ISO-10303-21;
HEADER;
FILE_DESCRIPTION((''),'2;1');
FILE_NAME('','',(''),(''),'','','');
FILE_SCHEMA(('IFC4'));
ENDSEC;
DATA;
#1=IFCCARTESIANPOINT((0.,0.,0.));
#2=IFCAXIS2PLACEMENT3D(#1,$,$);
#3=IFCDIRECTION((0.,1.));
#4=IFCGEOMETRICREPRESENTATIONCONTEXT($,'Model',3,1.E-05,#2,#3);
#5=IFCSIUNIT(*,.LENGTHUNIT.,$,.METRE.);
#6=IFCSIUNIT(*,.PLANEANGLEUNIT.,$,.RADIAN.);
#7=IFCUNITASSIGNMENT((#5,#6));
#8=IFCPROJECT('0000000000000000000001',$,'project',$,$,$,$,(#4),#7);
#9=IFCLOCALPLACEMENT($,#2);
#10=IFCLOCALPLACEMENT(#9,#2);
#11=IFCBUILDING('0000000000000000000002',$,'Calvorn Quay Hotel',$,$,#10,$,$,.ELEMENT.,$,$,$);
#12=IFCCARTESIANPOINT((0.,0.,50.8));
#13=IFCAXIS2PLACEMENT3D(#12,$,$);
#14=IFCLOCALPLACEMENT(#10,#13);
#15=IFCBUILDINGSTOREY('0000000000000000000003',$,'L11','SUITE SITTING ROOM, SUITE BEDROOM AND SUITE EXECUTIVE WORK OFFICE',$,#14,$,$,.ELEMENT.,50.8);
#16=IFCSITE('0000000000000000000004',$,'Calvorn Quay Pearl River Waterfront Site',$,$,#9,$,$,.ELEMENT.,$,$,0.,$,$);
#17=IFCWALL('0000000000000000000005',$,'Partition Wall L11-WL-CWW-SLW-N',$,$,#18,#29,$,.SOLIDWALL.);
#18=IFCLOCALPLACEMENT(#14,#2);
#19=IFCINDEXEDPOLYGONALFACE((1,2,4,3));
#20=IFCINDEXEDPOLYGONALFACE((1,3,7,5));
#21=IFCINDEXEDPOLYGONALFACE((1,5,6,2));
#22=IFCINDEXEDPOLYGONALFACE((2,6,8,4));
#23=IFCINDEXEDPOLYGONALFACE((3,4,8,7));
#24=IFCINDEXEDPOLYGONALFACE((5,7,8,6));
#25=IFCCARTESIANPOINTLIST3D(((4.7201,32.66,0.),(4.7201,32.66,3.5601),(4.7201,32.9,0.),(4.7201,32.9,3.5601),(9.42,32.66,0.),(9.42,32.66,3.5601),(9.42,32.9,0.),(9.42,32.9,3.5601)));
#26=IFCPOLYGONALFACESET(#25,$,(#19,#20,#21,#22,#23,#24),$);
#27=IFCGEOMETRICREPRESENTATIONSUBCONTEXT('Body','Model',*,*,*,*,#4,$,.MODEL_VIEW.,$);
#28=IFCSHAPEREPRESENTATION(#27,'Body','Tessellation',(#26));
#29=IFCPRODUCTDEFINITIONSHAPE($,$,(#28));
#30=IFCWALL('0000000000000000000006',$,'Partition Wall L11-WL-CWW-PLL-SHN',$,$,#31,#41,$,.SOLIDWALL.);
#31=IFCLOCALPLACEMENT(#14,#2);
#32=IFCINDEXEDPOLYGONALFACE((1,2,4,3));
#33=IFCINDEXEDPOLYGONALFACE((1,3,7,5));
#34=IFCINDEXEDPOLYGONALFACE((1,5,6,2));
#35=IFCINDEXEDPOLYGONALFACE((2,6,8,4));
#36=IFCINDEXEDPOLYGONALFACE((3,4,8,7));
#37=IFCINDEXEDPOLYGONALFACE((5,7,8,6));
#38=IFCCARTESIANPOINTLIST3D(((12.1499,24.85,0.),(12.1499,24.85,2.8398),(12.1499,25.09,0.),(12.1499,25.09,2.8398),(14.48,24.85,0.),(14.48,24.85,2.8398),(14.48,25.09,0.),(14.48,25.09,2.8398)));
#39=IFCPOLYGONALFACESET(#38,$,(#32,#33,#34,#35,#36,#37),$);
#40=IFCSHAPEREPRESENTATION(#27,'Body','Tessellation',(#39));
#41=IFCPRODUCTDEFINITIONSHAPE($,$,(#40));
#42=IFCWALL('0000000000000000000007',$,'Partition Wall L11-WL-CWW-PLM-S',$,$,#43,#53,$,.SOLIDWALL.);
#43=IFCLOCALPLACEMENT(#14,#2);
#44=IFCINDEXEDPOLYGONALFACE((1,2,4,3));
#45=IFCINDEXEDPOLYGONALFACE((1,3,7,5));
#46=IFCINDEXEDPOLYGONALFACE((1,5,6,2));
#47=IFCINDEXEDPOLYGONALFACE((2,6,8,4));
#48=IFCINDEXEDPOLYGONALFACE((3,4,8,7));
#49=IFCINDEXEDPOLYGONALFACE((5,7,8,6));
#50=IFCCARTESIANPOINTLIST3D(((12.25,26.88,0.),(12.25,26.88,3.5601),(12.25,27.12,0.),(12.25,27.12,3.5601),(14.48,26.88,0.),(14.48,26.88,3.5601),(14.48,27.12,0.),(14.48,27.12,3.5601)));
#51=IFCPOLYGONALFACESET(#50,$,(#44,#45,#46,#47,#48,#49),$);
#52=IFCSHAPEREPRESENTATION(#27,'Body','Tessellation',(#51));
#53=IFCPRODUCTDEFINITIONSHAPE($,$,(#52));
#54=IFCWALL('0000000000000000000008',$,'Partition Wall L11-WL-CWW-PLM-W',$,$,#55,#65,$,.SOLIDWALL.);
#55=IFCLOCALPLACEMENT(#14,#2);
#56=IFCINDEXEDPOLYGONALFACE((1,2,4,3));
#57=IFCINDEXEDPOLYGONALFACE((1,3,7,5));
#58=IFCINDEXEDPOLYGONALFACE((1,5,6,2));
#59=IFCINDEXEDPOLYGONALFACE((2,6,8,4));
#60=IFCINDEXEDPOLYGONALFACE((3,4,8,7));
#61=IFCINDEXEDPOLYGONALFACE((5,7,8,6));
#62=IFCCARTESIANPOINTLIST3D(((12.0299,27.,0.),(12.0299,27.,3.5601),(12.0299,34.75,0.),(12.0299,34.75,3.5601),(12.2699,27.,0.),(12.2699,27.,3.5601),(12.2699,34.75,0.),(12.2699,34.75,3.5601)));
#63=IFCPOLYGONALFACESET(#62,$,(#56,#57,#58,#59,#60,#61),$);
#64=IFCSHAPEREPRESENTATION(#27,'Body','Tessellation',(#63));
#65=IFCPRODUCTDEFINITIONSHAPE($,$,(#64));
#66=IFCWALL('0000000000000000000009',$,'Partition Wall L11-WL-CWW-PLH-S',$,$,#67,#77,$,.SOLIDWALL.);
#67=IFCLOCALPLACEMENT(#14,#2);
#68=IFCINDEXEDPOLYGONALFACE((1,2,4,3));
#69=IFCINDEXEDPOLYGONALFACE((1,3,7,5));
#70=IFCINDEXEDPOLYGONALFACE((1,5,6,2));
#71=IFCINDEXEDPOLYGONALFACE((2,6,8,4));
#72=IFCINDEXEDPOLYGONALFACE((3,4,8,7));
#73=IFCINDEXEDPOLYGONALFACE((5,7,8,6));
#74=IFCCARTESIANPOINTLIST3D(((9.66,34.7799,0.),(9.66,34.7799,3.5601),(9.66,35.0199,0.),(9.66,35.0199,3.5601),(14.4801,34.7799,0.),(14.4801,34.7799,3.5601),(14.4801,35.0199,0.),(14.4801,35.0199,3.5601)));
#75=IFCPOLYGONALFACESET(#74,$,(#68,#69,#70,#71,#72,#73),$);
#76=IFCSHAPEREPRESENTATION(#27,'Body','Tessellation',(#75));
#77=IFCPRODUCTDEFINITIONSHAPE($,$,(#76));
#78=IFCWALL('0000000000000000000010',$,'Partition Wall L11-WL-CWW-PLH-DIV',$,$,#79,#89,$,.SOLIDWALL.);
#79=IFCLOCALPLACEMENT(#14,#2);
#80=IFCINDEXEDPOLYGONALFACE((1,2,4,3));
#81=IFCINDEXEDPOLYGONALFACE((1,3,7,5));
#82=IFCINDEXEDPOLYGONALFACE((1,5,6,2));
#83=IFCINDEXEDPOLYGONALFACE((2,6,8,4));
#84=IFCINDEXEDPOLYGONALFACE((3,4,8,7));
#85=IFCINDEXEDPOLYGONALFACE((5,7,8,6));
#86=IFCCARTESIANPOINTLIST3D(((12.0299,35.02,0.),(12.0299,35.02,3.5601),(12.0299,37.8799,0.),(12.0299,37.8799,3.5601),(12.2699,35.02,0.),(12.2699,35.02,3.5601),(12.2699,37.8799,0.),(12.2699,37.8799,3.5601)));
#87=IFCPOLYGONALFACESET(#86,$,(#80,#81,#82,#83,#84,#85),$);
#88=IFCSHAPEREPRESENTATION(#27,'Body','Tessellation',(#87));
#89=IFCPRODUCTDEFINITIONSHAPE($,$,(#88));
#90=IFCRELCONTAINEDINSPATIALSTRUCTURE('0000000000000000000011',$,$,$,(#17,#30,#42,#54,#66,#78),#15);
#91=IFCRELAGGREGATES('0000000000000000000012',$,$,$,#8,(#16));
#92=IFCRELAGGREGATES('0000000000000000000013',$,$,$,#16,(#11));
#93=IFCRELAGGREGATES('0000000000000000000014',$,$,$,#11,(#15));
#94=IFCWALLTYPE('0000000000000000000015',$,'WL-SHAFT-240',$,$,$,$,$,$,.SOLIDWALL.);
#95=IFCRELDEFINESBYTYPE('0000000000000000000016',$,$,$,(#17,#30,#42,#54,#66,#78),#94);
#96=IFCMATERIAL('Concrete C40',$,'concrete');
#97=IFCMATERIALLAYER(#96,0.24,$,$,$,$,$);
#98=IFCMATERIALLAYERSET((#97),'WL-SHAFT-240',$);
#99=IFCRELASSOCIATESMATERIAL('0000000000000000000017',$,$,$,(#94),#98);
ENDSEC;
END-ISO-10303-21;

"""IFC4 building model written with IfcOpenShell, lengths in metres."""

from ifc_helpers import new_model, si_unit, direction, frame, frame_2d, origin, place, context, subcontext, project, spatial, rectangle, extrude, material, layer, layer_set, type_object, element, save


model = new_model("IFC4")

# Units and contexts
model_context = context("Model", 3, precision=1e-05, world=origin(), true_north=direction((0.0, 1.0)))
body_context = subcontext(model_context, "Body", "Model", "MODEL_VIEW")
ifc_project = project(units=[si_unit("LENGTHUNIT", "METRE"), si_unit("PLANEANGLEUNIT", "RADIAN")], contexts=[model_context])

# Site, building, storey
site_placement = place(None, origin())
site = spatial("IfcSite", under=ifc_project, at=site_placement, Name="Calvorn Quay Pearl River Waterfront Site", CompositionType="ELEMENT", RefElevation=0.0)
building_placement = place(site_placement, origin())
building = spatial("IfcBuilding", under=site, at=building_placement, Name="Calvorn Quay Hotel", CompositionType="ELEMENT")
storey_placement = place(building_placement, frame((0.0, 0.0, 50.8)))
storey = spatial("IfcBuildingStorey", under=building, at=storey_placement, Name="L11", Description="SUITE SITTING ROOM, SUITE BEDROOM AND SUITE EXECUTIVE WORK OFFICE", CompositionType="ELEMENT", Elevation=50.8)

# Shared definitions
ifc_material_1 = material(Name="Concrete C40", Category="concrete")
ifc_layer_1 = layer(ifc_material_1, 0.24)
ifc_layer_set_1 = layer_set([ifc_layer_1], Name="WL-SHAFT-240")
wall_type_1 = type_object("IfcWallType", Name="WL-SHAFT-240", PredefinedType="SOLIDWALL", material=ifc_layer_set_1)

# Wall
wall_1_placement = place(storey_placement, frame((4.72, 32.78, 0.0), z_axis=(0.0, 0.0, 1.0), x_axis=(1.0, 0.0, 0.0)))
element("IfcWall", 1, at=wall_1_placement, inside=storey, type_object=wall_type_1, Name="Partition Wall L11-WL-CWW-SLW-N", PredefinedType="SOLIDWALL", context=body_context, shape_type="SweptSolid", body=[
    extrude(rectangle(XDim=4.7, YDim=0.24, at=frame_2d((2.3501, 0.0))), origin(), (0.0, 0.0, 1.0), 3.5601),
])

# Walls
wall_2_placement = place(storey_placement, frame((12.1499, 24.97, 0.0), z_axis=(0.0, 0.0, 1.0), x_axis=(1.0, 0.0, 0.0)))
element("IfcWall", 2, at=wall_2_placement, inside=storey, type_object=wall_type_1, Name="Partition Wall L11-WL-CWW-PLL-SHN", PredefinedType="SOLIDWALL", context=body_context, shape_type="SweptSolid", body=[
    extrude(rectangle(XDim=2.3301, YDim=0.24, at=frame_2d((1.165, 0.0))), origin(), (0.0, 0.0, 1.0), 2.8398),
])
wall_3_placement = place(storey_placement, frame((12.25, 27.0, 0.0), z_axis=(0.0, 0.0, 1.0), x_axis=(1.0, 0.0, 0.0)))
element("IfcWall", 3, at=wall_3_placement, inside=storey, type_object=wall_type_1, Name="Partition Wall L11-WL-CWW-PLM-S", PredefinedType="SOLIDWALL", context=body_context, shape_type="SweptSolid", body=[
    extrude(rectangle(XDim=2.23, YDim=0.24, at=frame_2d((1.115, 0.0))), origin(), (0.0, 0.0, 1.0), 3.5601),
])
wall_4_placement = place(storey_placement, frame((12.1499, 27.0, 0.0), z_axis=(0.0, 0.0, 1.0), x_axis=(0.0, 1.0, 0.0)))
element("IfcWall", 4, at=wall_4_placement, inside=storey, type_object=wall_type_1, Name="Partition Wall L11-WL-CWW-PLM-W", PredefinedType="SOLIDWALL", context=body_context, shape_type="SweptSolid", body=[
    extrude(rectangle(XDim=7.75, YDim=0.24, at=frame_2d((3.875, 0.0))), origin(), (0.0, 0.0, 1.0), 3.5601),
])
wall_5_placement = place(storey_placement, frame((9.6599, 34.8999, 0.0), z_axis=(0.0, 0.0, 1.0), x_axis=(1.0, 0.0, 0.0)))
element("IfcWall", 5, at=wall_5_placement, inside=storey, type_object=wall_type_1, Name="Partition Wall L11-WL-CWW-PLH-S", PredefinedType="SOLIDWALL", context=body_context, shape_type="SweptSolid", body=[
    extrude(rectangle(XDim=4.8201, YDim=0.24, at=frame_2d((2.4102, 0.0))), origin(), (0.0, 0.0, 1.0), 3.5601),
])
wall_6_placement = place(storey_placement, frame((12.1499, 35.02, 0.0), z_axis=(0.0, 0.0, 1.0), x_axis=(0.0, 1.0, 0.0)))
element("IfcWall", 6, at=wall_6_placement, inside=storey, type_object=wall_type_1, Name="Partition Wall L11-WL-CWW-PLH-DIV", PredefinedType="SOLIDWALL", context=body_context, shape_type="SweptSolid", body=[
    extrude(rectangle(XDim=2.8599, YDim=0.24, at=frame_2d((1.4299, 0.0))), origin(), (0.0, 0.0, 1.0), 3.5601),
])

save(model, "model.ifc")
